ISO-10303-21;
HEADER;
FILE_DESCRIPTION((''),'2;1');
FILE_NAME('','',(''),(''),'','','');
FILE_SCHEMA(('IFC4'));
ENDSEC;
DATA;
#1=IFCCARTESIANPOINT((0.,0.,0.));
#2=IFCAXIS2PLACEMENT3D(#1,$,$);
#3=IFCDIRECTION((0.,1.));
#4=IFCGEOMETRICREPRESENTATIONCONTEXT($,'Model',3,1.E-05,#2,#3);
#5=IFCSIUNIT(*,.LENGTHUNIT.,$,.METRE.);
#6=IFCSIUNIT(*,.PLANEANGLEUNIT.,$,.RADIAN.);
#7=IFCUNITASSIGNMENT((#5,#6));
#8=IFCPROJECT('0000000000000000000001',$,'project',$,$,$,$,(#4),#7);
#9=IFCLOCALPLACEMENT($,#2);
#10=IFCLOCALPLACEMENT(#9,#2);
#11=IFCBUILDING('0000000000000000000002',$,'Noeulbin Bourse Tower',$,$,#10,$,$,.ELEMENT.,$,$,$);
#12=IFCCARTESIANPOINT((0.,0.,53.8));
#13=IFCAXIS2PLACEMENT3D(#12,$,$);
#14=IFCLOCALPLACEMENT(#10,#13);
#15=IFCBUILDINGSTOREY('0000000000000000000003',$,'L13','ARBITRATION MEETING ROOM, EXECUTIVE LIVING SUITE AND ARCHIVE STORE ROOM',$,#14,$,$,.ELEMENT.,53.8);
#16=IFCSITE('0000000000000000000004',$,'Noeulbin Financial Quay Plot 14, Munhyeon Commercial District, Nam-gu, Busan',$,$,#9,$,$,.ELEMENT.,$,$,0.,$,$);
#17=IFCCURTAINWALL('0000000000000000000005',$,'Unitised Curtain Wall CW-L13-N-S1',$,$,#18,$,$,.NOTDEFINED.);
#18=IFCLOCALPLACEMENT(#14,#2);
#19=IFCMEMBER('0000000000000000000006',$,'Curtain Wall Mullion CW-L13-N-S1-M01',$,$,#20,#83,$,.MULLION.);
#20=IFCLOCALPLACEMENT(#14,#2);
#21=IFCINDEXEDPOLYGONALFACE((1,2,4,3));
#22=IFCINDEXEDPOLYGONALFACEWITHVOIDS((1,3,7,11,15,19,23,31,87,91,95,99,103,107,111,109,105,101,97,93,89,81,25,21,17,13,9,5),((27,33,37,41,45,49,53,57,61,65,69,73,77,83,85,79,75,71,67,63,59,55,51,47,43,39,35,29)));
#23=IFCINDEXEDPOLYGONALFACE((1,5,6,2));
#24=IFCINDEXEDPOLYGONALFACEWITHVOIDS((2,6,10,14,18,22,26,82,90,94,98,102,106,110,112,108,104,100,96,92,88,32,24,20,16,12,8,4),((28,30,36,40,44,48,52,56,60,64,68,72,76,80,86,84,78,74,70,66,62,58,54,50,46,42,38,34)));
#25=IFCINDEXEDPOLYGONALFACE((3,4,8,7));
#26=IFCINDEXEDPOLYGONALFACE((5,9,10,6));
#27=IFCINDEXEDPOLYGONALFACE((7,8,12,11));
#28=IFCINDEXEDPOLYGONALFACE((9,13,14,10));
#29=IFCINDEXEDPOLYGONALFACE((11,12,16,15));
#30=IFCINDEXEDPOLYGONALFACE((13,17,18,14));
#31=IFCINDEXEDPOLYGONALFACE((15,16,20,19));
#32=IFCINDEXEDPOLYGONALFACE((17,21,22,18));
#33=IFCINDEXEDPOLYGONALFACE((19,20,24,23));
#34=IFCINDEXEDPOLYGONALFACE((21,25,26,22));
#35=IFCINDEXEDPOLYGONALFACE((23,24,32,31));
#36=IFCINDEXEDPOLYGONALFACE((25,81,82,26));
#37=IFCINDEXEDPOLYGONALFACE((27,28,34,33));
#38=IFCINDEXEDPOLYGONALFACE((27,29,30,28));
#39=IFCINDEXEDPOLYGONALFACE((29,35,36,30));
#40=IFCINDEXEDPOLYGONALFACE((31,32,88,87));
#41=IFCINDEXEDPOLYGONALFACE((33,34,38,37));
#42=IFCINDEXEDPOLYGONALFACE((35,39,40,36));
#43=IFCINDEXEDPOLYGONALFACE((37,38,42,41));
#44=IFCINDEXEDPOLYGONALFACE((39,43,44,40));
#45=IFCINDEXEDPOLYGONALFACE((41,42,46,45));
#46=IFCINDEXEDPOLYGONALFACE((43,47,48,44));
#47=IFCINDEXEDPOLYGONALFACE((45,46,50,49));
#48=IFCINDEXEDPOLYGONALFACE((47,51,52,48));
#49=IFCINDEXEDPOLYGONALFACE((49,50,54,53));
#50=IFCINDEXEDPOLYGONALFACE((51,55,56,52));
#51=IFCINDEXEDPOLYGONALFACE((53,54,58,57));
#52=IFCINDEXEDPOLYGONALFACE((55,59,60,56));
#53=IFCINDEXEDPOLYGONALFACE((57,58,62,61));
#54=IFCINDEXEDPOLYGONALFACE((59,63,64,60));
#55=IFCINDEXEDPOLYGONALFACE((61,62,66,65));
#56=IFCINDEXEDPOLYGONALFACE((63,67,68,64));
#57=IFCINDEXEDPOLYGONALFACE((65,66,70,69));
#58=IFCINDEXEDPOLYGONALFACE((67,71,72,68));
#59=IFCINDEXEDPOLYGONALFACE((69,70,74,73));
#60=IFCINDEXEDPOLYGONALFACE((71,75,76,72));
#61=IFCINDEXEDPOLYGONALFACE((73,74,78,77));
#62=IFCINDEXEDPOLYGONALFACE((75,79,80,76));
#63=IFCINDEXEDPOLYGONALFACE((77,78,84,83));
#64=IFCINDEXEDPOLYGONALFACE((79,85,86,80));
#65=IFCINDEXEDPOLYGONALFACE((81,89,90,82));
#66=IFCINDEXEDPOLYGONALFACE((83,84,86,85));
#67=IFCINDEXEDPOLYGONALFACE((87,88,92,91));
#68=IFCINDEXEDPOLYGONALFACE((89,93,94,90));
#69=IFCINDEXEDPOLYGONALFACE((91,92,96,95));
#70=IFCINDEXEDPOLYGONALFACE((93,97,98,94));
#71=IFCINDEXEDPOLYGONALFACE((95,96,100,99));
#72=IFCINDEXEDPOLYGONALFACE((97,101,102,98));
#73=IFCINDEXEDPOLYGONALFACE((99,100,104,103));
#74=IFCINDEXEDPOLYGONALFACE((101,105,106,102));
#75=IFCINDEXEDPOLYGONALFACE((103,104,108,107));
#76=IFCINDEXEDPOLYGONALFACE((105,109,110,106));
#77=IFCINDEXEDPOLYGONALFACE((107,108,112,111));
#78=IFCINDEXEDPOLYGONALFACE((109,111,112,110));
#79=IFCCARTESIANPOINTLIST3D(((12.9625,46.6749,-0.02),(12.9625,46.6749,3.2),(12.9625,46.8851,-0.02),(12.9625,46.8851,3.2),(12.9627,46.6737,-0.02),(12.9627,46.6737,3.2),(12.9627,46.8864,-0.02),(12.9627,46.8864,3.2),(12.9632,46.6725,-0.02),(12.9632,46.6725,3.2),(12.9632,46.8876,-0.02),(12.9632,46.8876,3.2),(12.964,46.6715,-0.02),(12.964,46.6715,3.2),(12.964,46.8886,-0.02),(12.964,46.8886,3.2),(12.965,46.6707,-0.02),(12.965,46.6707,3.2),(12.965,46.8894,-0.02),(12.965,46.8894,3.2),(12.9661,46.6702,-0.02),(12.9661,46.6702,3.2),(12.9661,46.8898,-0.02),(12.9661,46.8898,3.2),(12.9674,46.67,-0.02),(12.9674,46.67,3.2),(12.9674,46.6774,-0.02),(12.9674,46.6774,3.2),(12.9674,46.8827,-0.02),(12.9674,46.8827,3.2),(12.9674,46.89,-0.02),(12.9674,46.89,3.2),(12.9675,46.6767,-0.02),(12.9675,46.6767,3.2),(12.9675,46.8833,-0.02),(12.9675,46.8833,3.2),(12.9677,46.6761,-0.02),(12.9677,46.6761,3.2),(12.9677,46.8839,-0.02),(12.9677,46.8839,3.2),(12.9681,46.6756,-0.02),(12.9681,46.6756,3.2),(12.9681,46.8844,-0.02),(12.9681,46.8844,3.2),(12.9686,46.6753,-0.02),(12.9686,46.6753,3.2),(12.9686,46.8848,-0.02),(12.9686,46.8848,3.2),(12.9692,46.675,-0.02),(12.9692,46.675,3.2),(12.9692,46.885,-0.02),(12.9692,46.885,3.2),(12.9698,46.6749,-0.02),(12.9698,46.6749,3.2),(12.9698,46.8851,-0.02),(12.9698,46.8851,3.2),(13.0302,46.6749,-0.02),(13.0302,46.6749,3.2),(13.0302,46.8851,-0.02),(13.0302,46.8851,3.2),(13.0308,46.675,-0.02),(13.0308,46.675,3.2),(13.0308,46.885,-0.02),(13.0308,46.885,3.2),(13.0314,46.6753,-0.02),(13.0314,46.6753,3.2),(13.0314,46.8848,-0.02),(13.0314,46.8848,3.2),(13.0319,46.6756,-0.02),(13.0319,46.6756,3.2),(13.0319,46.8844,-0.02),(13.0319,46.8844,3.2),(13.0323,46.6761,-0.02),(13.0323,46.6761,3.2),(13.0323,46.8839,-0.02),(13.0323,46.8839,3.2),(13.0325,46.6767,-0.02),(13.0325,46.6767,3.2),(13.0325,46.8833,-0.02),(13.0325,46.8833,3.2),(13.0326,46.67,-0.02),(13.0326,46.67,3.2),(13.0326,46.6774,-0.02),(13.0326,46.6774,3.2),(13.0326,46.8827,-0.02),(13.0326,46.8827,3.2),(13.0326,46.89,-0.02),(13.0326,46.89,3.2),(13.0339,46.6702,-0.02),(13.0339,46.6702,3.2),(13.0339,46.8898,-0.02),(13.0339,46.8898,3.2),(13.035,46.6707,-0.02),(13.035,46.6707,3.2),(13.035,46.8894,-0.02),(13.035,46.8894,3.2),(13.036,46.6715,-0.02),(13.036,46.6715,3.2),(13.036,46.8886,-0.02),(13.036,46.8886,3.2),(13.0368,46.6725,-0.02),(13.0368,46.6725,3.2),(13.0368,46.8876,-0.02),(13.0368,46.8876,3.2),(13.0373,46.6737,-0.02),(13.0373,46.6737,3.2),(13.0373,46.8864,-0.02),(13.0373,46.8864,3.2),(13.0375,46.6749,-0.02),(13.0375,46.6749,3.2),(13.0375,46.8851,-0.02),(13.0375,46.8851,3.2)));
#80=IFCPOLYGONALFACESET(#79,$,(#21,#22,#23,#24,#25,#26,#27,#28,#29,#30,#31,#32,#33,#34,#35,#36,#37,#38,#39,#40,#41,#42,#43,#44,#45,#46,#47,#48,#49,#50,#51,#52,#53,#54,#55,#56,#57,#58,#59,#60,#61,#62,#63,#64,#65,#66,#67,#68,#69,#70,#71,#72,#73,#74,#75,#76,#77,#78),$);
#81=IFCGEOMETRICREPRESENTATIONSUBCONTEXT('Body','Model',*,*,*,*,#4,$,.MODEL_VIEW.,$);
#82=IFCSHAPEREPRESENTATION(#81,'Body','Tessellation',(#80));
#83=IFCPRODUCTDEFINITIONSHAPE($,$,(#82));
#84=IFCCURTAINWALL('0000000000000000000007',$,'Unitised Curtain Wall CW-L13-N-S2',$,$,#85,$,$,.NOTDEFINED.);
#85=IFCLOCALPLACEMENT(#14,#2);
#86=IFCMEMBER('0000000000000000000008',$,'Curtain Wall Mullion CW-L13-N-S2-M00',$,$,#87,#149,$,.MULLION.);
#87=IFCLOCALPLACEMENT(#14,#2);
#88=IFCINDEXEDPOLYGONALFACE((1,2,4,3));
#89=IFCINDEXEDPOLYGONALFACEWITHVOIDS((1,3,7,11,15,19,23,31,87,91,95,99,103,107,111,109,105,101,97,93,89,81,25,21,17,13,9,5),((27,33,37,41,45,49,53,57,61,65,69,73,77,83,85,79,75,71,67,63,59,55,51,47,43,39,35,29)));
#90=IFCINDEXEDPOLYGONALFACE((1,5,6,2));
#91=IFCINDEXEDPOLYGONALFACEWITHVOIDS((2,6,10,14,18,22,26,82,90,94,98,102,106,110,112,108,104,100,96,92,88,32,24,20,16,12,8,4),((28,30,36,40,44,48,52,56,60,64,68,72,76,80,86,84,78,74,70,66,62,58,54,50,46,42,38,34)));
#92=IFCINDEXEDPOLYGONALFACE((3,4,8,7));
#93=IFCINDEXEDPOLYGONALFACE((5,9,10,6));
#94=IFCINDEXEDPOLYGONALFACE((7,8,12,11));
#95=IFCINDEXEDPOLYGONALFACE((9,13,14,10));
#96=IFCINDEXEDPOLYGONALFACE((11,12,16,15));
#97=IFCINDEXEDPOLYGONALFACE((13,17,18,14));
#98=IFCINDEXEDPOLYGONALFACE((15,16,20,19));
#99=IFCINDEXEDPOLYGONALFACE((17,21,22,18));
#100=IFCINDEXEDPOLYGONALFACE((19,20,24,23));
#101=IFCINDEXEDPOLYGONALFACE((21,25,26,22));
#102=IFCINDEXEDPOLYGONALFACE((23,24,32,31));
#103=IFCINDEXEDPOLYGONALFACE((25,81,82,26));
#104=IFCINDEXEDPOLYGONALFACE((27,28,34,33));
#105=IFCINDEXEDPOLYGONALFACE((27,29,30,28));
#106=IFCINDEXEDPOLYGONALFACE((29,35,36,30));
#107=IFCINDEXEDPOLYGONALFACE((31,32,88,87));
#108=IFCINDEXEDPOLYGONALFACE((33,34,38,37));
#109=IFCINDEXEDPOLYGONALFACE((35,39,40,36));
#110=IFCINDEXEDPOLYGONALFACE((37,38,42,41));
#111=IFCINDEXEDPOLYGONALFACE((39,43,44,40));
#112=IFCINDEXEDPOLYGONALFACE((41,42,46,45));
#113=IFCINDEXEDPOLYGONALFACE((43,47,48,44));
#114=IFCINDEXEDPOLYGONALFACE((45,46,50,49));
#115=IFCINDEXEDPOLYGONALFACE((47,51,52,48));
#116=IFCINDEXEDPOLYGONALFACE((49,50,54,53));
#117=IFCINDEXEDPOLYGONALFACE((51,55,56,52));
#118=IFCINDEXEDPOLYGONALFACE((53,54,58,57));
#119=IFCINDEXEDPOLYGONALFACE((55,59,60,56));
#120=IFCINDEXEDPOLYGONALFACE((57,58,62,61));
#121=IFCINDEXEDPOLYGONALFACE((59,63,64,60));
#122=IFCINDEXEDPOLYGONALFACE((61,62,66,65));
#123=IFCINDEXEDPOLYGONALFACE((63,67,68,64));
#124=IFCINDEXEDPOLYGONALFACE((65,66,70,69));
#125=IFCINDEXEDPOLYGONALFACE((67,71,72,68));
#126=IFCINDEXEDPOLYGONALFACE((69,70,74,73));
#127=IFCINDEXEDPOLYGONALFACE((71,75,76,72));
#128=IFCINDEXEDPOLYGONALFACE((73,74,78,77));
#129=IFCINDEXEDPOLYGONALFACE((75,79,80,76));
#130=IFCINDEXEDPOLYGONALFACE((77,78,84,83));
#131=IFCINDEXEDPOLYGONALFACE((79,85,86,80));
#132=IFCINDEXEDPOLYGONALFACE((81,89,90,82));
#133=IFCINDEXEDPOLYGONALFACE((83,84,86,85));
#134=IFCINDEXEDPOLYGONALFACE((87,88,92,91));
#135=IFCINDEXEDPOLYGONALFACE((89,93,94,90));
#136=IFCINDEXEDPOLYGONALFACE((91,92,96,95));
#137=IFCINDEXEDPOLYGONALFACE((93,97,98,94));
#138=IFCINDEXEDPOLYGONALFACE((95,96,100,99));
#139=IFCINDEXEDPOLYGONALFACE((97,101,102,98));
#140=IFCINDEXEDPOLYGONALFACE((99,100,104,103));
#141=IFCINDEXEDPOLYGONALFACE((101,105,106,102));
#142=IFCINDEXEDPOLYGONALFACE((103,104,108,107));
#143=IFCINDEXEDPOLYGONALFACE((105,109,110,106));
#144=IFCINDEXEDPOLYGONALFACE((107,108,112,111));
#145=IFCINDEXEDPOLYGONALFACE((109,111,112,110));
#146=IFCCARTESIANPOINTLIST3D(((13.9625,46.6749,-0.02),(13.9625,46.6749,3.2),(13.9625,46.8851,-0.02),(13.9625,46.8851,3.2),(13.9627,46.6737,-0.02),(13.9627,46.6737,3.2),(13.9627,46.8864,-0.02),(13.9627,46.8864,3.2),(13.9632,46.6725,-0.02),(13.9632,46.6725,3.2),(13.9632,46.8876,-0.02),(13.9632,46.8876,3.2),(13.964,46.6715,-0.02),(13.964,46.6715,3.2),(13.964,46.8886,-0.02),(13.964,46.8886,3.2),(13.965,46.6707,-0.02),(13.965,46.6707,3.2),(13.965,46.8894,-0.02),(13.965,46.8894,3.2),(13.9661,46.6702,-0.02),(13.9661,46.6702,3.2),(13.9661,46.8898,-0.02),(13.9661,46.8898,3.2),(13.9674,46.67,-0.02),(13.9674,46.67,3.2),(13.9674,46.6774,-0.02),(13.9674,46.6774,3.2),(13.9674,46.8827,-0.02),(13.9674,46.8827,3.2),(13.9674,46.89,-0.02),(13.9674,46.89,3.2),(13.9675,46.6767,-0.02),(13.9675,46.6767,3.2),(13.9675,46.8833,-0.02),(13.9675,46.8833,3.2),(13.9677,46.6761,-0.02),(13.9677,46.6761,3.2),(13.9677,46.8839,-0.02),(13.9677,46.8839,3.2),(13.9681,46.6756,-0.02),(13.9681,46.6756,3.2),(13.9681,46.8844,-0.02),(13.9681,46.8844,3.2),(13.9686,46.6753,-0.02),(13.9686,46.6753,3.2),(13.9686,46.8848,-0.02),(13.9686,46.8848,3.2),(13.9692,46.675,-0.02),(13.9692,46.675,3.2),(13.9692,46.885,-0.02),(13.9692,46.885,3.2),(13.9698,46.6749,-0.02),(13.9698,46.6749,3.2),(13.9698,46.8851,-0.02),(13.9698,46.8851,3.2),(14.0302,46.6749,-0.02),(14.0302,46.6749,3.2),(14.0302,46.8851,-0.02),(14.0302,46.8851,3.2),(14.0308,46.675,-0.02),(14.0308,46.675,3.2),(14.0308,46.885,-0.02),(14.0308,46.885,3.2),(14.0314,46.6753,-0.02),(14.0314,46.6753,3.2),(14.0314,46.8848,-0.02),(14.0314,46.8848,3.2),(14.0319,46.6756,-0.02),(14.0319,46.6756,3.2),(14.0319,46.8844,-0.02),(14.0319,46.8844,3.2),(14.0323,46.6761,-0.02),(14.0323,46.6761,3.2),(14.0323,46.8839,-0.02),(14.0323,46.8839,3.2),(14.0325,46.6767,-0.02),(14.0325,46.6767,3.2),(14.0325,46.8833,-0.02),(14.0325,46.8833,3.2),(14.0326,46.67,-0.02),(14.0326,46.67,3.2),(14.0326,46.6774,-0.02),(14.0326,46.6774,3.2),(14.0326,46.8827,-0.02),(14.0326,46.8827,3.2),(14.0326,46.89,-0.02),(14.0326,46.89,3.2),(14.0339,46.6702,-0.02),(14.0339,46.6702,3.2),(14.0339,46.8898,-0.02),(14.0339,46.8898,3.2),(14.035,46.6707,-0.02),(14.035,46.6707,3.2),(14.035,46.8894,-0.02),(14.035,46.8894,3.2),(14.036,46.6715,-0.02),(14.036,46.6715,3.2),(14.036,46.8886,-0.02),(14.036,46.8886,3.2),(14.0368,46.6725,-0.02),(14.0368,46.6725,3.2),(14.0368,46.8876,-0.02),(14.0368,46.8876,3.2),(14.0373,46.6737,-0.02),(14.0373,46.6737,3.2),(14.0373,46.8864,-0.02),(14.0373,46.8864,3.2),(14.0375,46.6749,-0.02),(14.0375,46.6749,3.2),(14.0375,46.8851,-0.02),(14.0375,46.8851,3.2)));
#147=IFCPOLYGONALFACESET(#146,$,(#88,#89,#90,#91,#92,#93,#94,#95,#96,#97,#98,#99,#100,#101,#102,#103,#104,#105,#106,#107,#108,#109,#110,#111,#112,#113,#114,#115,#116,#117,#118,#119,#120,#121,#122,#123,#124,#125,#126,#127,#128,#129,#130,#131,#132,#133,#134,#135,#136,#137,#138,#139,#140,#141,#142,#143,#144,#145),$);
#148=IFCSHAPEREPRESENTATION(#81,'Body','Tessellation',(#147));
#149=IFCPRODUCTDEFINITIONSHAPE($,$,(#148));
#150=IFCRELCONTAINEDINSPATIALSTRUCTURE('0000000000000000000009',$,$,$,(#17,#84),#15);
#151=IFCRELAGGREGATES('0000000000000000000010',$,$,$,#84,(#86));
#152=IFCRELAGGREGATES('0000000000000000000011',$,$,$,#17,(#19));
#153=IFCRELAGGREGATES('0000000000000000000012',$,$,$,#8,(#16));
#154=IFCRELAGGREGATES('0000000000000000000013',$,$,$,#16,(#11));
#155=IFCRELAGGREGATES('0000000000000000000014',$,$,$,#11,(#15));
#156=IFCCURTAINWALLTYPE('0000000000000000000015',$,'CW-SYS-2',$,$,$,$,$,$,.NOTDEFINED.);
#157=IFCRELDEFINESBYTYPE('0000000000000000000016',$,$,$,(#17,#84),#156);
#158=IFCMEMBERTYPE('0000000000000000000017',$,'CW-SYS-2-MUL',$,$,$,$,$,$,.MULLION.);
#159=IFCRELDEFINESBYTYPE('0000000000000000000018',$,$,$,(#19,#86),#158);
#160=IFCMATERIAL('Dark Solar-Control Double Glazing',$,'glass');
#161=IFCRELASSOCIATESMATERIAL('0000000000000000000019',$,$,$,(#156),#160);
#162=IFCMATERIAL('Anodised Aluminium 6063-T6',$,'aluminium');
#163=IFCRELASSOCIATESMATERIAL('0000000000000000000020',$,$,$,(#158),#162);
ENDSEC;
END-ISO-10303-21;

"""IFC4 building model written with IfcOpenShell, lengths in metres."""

from ifc_helpers import new_model, si_unit, direction, frame, origin, origin_2d, place, context, subcontext, project, spatial, hollow_rectangle, extrude, material, material_profile, profile_set, type_object, element, aggregate, save


model = new_model("IFC4")

# Units and contexts
model_context = context("Model", 3, precision=1e-05, world=origin(), true_north=direction((0.0, 1.0)))
body_context = subcontext(model_context, "Body", "Model", "MODEL_VIEW")
ifc_project = project(units=[si_unit("LENGTHUNIT", "METRE"), si_unit("PLANEANGLEUNIT", "RADIAN")], contexts=[model_context])

# Site, building, storey
site_placement = place(None, origin())
site = spatial("IfcSite", under=ifc_project, at=site_placement, Name="Noeulbin Financial Quay Plot 14, Munhyeon Commercial District, Nam-gu, Busan", CompositionType="ELEMENT", RefElevation=0.0)
building_placement = place(site_placement, origin())
building = spatial("IfcBuilding", under=site, at=building_placement, Name="Noeulbin Bourse Tower", CompositionType="ELEMENT")
storey_placement = place(building_placement, frame((0.0, 0.0, 53.8)))
storey = spatial("IfcBuildingStorey", under=building, at=storey_placement, Name="L13", Description="ARBITRATION MEETING ROOM, EXECUTIVE LIVING SUITE AND ARCHIVE STORE ROOM", CompositionType="ELEMENT", Elevation=53.8)

# Curtain wall, member
ifc_material_1 = material(Name="Dark Solar-Control Double Glazing", Category="glass")
curtain_wall_type = type_object("IfcCurtainWallType", Name="CW-SYS-2", PredefinedType="NOTDEFINED", material=ifc_material_1)
curtain_wall_1_placement = place(storey_placement, origin())
curtain_wall_1 = element("IfcCurtainWall", 1, at=curtain_wall_1_placement, inside=storey, type_object=curtain_wall_type, Name="Unitised Curtain Wall CW-L13-N-S1", PredefinedType="NOTDEFINED")
ifc_material_2 = material(Name="Anodised Aluminium 6063-T6", Category="aluminium")
ifc_material_profile_1 = material_profile(ifc_material_2, hollow_rectangle(XDim=0.075, YDim=0.22, WallThickness=0.0049, InnerFilletRadius=0.0024, OuterFilletRadius=0.0049, at=origin_2d()), Name="ALU-MULL-75x220x5", Category="LoadBearing")
ifc_profile_set_1 = profile_set([ifc_material_profile_1], Name="Anodised Aluminium 6063-T6")
member_type_1 = type_object("IfcMemberType", Name="CW-SYS-2-MUL", PredefinedType="MULLION", material=ifc_profile_set_1)
member_1_placement = place(storey_placement, frame((13.0, 46.78, -0.02), z_axis=(0.0, 0.0, 1.0), x_axis=(1.0, 0.0, 0.0)))
member_1 = element("IfcMember", 2, at=member_1_placement, type_object=member_type_1, Name="Curtain Wall Mullion CW-L13-N-S1-M01", PredefinedType="MULLION", context=body_context, shape_type="SweptSolid", body=[
    extrude(hollow_rectangle(XDim=0.075, YDim=0.22, WallThickness=0.0049, InnerFilletRadius=0.0024, OuterFilletRadius=0.0049, at=origin_2d()), origin(), (0.0, 0.0, 1.0), 3.22),
])

# Curtain wall, member
curtain_wall_2_placement = place(storey_placement, origin())
curtain_wall_2 = element("IfcCurtainWall", 3, at=curtain_wall_2_placement, inside=storey, type_object=curtain_wall_type, Name="Unitised Curtain Wall CW-L13-N-S2", PredefinedType="NOTDEFINED")
member_2_placement = place(storey_placement, frame((14.0, 46.78, -0.02), z_axis=(0.0, 0.0, 1.0), x_axis=(1.0, 0.0, 0.0)))
member_2 = element("IfcMember", 4, at=member_2_placement, type_object=member_type_1, Name="Curtain Wall Mullion CW-L13-N-S2-M00", PredefinedType="MULLION", context=body_context, shape_type="SweptSolid", body=[
    extrude(hollow_rectangle(XDim=0.075, YDim=0.22, WallThickness=0.0049, InnerFilletRadius=0.0024, OuterFilletRadius=0.0049, at=origin_2d()), origin(), (0.0, 0.0, 1.0), 3.22),
])

aggregate(curtain_wall_2, [member_2])

aggregate(curtain_wall_1, [member_1])

save(model, "model.ifc")
